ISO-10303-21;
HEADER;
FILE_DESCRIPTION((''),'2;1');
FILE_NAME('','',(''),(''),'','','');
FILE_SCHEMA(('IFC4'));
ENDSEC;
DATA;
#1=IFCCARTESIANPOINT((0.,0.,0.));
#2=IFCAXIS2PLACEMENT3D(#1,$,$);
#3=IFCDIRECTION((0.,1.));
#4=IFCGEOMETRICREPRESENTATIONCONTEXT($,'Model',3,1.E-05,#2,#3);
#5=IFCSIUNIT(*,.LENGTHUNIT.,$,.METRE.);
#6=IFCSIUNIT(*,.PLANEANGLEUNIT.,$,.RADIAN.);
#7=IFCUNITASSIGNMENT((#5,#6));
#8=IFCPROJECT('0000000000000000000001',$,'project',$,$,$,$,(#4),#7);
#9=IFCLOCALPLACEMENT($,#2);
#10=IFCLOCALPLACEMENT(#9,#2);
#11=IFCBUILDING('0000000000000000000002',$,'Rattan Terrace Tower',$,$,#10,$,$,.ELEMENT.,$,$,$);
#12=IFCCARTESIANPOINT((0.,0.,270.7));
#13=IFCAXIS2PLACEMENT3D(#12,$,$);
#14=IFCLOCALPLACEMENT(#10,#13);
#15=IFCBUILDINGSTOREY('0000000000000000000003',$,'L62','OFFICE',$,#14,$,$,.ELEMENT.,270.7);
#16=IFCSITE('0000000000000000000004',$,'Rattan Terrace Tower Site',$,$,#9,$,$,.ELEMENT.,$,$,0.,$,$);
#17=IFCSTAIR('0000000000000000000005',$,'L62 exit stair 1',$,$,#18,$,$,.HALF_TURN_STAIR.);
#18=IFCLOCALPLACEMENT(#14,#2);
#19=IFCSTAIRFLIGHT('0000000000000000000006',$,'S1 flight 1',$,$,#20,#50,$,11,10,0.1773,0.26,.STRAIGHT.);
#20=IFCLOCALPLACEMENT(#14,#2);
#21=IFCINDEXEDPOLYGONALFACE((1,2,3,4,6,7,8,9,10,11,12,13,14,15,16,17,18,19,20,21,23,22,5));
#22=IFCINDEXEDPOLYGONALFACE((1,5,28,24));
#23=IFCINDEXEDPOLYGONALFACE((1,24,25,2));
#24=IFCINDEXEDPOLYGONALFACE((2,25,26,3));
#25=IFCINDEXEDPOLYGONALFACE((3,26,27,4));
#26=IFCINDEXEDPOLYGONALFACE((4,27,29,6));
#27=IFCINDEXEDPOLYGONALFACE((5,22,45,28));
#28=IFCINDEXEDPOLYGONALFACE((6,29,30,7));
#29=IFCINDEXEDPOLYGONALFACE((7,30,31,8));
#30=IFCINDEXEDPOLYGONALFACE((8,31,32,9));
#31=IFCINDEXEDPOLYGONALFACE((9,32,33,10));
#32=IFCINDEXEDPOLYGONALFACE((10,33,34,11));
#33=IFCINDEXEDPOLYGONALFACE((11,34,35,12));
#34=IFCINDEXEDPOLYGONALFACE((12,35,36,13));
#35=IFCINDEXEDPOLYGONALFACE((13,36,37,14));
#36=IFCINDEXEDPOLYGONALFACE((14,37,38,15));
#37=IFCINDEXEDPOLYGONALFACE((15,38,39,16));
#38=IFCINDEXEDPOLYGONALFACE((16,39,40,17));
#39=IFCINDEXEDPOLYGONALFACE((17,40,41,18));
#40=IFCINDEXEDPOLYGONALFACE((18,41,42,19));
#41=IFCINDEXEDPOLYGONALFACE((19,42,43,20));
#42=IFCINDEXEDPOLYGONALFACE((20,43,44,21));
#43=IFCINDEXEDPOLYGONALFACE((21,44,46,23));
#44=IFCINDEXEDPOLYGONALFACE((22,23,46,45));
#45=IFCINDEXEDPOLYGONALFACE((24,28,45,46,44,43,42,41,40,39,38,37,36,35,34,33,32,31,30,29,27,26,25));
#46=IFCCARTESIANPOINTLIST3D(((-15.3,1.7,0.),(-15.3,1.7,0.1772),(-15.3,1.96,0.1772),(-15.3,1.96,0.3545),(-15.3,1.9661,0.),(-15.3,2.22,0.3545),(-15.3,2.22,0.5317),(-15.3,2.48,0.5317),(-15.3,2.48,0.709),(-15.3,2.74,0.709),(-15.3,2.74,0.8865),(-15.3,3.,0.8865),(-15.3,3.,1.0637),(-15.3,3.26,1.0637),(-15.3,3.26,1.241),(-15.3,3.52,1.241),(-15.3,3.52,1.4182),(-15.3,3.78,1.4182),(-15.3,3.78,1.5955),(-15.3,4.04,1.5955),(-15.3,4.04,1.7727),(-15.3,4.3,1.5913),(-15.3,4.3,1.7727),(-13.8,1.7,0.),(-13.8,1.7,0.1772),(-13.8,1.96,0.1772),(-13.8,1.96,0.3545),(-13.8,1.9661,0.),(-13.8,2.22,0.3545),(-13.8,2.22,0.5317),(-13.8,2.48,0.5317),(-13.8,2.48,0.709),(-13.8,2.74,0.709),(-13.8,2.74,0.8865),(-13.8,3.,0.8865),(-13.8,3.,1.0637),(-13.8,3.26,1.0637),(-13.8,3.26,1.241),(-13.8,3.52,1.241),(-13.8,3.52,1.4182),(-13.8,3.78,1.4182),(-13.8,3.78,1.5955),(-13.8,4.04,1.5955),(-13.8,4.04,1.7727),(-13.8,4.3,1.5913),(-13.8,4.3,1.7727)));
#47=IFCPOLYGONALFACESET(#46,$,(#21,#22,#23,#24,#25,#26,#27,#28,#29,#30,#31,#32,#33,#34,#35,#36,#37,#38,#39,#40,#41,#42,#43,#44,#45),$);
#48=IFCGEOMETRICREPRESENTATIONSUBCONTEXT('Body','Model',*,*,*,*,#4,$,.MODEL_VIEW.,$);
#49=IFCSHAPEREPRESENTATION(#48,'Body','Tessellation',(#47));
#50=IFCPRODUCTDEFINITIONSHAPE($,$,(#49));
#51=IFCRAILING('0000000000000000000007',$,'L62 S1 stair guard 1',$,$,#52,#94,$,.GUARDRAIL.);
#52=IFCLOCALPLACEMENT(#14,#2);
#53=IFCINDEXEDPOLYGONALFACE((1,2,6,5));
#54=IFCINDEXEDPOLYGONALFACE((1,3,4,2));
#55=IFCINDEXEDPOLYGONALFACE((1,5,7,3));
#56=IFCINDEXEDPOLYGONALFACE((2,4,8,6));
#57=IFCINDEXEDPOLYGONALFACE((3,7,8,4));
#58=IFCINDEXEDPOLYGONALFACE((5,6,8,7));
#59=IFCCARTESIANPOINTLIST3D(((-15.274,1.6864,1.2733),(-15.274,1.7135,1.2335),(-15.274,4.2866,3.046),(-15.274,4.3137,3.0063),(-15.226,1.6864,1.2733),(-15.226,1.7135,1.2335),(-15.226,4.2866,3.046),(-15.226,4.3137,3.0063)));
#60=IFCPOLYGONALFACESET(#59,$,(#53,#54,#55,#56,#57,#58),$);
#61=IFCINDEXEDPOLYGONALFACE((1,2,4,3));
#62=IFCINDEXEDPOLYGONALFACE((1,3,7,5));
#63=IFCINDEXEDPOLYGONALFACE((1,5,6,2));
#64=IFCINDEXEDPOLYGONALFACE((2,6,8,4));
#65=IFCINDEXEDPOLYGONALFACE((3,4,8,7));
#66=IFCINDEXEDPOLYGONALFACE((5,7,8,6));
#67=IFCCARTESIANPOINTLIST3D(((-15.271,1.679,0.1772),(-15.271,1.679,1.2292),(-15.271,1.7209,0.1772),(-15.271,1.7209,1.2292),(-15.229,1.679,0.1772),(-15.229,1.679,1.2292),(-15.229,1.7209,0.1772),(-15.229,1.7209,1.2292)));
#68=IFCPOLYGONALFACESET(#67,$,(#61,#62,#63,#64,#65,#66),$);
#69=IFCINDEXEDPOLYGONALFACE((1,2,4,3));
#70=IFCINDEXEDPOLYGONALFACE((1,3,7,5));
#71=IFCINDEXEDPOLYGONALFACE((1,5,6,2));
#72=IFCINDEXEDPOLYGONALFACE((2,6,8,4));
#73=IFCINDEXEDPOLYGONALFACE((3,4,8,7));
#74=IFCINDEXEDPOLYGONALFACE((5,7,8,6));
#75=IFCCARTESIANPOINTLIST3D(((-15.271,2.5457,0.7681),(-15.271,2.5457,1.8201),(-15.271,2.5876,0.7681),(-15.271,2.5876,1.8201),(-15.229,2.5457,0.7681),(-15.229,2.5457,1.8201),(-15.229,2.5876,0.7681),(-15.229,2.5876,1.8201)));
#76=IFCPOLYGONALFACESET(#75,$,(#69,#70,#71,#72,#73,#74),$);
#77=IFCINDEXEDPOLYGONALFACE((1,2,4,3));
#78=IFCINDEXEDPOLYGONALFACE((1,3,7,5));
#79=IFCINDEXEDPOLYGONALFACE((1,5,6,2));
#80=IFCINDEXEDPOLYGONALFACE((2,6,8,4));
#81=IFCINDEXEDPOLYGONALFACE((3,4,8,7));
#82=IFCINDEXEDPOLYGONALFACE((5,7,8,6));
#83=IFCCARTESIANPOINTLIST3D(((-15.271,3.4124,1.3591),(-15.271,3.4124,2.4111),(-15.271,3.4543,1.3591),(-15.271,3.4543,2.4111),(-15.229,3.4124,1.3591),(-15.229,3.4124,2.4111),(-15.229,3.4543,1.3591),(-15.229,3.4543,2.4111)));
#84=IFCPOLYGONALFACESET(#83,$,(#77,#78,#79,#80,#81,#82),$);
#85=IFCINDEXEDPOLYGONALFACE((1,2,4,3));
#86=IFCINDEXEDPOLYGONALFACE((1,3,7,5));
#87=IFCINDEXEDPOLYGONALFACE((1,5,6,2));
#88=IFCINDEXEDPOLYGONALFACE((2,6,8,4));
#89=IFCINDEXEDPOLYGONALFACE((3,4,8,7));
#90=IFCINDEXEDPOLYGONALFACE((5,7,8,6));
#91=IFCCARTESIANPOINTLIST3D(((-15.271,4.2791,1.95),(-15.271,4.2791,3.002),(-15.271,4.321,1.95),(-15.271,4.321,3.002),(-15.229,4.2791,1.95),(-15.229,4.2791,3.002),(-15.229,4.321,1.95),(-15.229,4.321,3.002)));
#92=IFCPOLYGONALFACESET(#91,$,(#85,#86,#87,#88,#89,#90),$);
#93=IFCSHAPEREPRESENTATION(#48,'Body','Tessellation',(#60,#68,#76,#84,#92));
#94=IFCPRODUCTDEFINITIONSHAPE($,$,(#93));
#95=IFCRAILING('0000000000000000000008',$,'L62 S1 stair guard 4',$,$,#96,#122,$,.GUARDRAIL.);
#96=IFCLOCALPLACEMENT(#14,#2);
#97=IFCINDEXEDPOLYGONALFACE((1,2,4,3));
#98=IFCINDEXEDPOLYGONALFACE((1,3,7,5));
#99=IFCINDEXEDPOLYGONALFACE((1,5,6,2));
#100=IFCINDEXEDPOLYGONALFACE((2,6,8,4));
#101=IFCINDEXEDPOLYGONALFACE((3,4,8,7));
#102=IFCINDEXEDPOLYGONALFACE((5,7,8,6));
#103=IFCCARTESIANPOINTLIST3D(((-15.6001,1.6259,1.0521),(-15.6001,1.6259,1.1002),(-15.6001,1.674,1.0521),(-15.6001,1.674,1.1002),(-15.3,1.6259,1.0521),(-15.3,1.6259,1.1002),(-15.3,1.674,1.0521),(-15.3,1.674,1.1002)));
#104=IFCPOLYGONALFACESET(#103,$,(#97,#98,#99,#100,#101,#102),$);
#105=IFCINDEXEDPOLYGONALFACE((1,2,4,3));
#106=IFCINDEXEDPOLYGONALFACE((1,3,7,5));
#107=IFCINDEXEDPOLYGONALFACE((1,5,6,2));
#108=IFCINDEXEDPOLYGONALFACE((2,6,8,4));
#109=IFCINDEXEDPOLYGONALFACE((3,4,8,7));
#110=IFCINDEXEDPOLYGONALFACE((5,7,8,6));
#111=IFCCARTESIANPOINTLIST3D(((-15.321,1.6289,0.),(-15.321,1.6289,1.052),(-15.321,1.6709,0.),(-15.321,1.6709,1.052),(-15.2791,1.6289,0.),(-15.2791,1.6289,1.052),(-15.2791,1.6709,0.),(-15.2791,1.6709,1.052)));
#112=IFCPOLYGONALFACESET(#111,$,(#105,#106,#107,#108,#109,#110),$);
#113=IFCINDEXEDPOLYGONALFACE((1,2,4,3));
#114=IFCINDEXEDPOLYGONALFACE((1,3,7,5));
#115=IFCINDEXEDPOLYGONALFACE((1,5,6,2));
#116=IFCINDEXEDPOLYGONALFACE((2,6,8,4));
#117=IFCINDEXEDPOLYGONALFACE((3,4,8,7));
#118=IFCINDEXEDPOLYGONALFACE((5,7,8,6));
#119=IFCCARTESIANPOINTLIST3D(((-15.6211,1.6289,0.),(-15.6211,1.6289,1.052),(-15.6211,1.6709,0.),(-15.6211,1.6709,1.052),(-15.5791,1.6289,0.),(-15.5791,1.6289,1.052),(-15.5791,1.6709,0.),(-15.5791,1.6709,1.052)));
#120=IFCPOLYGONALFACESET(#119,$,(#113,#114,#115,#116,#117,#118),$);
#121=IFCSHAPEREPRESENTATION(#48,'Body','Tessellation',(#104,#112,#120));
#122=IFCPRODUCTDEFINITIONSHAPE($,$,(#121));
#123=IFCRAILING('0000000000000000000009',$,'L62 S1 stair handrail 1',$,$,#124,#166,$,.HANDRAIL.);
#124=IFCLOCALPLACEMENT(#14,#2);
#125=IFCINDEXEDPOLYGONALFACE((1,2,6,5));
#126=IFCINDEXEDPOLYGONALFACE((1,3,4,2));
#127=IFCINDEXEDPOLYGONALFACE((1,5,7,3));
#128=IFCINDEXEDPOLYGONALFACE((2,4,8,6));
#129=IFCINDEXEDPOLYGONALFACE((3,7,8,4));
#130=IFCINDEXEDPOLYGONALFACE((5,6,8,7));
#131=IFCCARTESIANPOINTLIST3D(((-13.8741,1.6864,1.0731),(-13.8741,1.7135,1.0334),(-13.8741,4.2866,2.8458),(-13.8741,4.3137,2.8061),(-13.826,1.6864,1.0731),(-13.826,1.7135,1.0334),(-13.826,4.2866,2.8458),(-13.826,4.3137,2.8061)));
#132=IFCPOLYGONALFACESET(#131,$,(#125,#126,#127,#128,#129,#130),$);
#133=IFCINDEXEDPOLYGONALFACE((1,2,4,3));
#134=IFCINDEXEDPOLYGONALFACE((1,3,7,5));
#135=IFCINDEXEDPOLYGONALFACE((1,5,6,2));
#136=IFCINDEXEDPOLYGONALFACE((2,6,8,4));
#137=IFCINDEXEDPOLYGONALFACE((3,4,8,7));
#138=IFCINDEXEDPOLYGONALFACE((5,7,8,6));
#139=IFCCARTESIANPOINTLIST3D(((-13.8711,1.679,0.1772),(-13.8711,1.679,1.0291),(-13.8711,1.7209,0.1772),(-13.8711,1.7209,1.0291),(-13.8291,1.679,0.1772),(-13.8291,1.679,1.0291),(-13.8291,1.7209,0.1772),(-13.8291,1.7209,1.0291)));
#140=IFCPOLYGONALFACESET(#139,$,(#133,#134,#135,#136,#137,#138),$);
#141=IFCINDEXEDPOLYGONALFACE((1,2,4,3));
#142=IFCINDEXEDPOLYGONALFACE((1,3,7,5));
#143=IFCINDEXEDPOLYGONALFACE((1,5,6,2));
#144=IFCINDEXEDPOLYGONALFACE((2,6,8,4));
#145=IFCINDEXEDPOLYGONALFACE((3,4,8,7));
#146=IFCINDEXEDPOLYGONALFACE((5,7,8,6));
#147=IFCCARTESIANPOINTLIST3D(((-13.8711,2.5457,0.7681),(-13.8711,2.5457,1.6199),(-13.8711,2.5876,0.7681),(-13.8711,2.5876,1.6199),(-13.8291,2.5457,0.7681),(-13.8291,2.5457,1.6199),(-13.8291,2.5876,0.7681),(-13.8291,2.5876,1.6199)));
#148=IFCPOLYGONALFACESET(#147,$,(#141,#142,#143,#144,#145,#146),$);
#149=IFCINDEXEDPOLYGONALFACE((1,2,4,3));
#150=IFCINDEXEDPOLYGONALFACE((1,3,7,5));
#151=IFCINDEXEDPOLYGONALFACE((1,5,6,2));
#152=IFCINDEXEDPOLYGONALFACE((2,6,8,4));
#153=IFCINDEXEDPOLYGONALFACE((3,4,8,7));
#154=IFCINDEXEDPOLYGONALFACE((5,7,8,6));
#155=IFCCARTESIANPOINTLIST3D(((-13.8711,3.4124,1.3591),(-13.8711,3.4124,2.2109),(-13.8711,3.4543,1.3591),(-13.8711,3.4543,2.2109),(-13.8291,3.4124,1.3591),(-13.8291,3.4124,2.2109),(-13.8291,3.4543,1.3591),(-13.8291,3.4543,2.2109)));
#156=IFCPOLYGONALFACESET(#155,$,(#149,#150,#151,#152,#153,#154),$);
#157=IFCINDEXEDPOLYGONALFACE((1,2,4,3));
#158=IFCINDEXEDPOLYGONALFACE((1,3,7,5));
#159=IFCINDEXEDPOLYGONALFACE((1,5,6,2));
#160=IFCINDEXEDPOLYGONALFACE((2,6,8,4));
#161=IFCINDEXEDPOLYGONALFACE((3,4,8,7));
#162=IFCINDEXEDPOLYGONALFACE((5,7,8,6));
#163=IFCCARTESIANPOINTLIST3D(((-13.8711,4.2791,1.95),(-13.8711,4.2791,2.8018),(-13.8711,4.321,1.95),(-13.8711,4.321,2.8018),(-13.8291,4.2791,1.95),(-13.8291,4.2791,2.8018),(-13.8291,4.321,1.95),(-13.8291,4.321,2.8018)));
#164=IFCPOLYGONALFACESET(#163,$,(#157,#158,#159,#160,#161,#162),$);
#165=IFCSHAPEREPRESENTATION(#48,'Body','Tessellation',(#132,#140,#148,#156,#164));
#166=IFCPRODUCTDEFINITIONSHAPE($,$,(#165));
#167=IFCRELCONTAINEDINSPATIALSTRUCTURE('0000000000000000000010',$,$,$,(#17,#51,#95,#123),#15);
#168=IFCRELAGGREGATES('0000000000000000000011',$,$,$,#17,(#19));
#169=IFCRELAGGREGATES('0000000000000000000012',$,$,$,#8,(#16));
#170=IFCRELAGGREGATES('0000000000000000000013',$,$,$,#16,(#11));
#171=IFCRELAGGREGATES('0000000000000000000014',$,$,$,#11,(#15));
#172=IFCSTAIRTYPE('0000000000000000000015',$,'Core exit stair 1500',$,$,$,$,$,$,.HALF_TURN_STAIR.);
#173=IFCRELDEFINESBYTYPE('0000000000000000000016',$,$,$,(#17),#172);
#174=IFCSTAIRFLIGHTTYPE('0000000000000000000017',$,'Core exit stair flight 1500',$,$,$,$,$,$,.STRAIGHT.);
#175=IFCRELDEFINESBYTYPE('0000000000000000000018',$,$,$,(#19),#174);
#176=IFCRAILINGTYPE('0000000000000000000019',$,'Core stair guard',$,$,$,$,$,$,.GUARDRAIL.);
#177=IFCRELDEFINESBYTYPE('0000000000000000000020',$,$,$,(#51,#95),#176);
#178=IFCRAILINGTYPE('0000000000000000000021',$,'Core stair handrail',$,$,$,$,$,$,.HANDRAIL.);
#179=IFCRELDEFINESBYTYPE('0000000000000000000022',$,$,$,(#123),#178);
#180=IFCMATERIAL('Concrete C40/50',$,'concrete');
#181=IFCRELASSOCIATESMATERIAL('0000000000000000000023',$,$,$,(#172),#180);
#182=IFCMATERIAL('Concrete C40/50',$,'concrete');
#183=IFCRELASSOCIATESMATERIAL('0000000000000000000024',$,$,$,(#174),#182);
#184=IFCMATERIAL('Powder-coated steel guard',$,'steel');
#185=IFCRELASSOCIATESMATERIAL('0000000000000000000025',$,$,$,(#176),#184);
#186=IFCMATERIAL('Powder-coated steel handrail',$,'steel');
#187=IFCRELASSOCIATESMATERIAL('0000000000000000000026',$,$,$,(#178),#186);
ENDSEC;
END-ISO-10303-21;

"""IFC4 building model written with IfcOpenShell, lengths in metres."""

from ifc_helpers import new_model, si_unit, direction, frame, origin, origin_2d, place, context, subcontext, project, spatial, polyline, rectangle, outline, extrude, material, type_object, element, aggregate, save


model = new_model("IFC4")

# Units and contexts
model_context = context("Model", 3, precision=1e-05, world=origin(), true_north=direction((0.0, 1.0)))
body_context = subcontext(model_context, "Body", "Model", "MODEL_VIEW")
ifc_project = project(units=[si_unit("LENGTHUNIT", "METRE"), si_unit("PLANEANGLEUNIT", "RADIAN")], contexts=[model_context])

# Site, building, storey
site_placement = place(None, origin())
site = spatial("IfcSite", under=ifc_project, at=site_placement, Name="Rattan Terrace Tower Site", CompositionType="ELEMENT", RefElevation=0.0)
building_placement = place(site_placement, origin())
building = spatial("IfcBuilding", under=site, at=building_placement, Name="Rattan Terrace Tower", CompositionType="ELEMENT")
storey_placement = place(building_placement, frame((0.0, 0.0, 270.7)))
storey = spatial("IfcBuildingStorey", under=building, at=storey_placement, Name="L62", Description="OFFICE", CompositionType="ELEMENT", Elevation=270.7)

# Stair
ifc_material_1 = material(Name="Concrete C40/50", Category="concrete")
stair_type = type_object("IfcStairType", Name="Core exit stair 1500", PredefinedType="HALF_TURN_STAIR", material=ifc_material_1)
stair_1_placement = place(storey_placement, origin())
stair_1 = element("IfcStair", 1, at=stair_1_placement, inside=storey, type_object=stair_type, Name="L62 exit stair 1", PredefinedType="HALF_TURN_STAIR")

# Stair flight
ifc_material_2 = material(Name="Concrete C40/50", Category="concrete")
stair_flight_type = type_object("IfcStairFlightType", Name="Core exit stair flight 1500", PredefinedType="STRAIGHT", material=ifc_material_2)
stair_flight_placement = place(storey_placement, frame((-14.55, 1.7, 0.0), z_axis=(0.0, 0.0, 1.0), x_axis=(0.0, 1.0, 0.0)))
stair_flight = element("IfcStairFlight", 2, at=stair_flight_placement, type_object=stair_flight_type, Name="S1 flight 1", NumberOfRisers=11, NumberOfTreads=10, PredefinedType="STRAIGHT", RiserHeight=0.1773, TreadLength=0.26, context=body_context, shape_type="SweptSolid", body=[
    extrude(outline(polyline([(0.0, 0.0), (0.0, 0.1772), (0.26, 0.1772), (0.26, 0.3545), (0.52, 0.3545), (0.52, 0.5317), (0.78, 0.5317), (0.78, 0.709), (1.04, 0.709), (1.04, 0.8865), (1.3, 0.8865), (1.3, 1.0637), (1.5601, 1.0637), (1.5601, 1.241), (1.8201, 1.241), (1.8201, 1.4182), (2.0801, 1.4182), (2.0801, 1.5955), (2.3401, 1.5955), (2.3401, 1.7727), (2.6001, 1.7727), (2.6001, 1.95), (2.6001, 1.5913), (0.2661, 0.0), (0.0, 0.0)])), frame((0.0, 0.75, 0.0), z_axis=(0.0, -1.0, 0.0), x_axis=(1.0, 0.0, 0.0)), (0.0, 0.0, 1.0), 1.5),
])
aggregate(stair_1, [stair_flight])

# Railings
ifc_material_3 = material(Name="Powder-coated steel guard", Category="steel")
railing_type_1 = type_object("IfcRailingType", Name="Core stair guard", PredefinedType="GUARDRAIL", material=ifc_material_3)
railing_1_placement = place(storey_placement, frame((-15.25, 1.7, 0.1772)))
element("IfcRailing", 3, at=railing_1_placement, inside=storey, type_object=railing_type_1, Name="L62 S1 stair guard 1", PredefinedType="GUARDRAIL", context=body_context, shape_type="SweptSolid", body=[
    extrude(rectangle(XDim=0.0481, YDim=0.0481, at=origin_2d()), frame((0.0, 0.0, 1.0762), z_axis=(0.0, 0.82624, 0.563318), x_axis=(-1.0, 0.0, 0.0)), (0.0, 0.0, 1.0), 3.147),
    extrude(rectangle(XDim=0.042, YDim=0.042, at=origin_2d()), origin(), (0.0, 0.0, 1.0), 1.052),
    extrude(rectangle(XDim=0.042, YDim=0.042, at=origin_2d()), frame((0.0, 0.8667, 0.5908)), (0.0, 0.0, 1.0), 1.052),
    extrude(rectangle(XDim=0.042, YDim=0.042, at=origin_2d()), frame((0.0, 1.7334, 1.1819)), (0.0, 0.0, 1.0), 1.052),
    extrude(rectangle(XDim=0.042, YDim=0.042, at=origin_2d()), frame((0.0, 2.6001, 1.7727)), (0.0, 0.0, 1.0), 1.052),
])
railing_2_placement = place(storey_placement, frame((-15.3, 1.6499, 0.0)))
element("IfcRailing", 4, at=railing_2_placement, inside=storey, type_object=railing_type_1, Name="L62 S1 stair guard 4", PredefinedType="GUARDRAIL", context=body_context, shape_type="SweptSolid", body=[
    extrude(rectangle(XDim=0.0481, YDim=0.0481, at=origin_2d()), frame((0.0, 0.0, 1.0762), z_axis=(-1.0, 0.0, 0.0), x_axis=(0.0, -1.0, 0.0)), (0.0, 0.0, 1.0), 0.3),
    extrude(rectangle(XDim=0.042, YDim=0.042, at=origin_2d()), origin(), (0.0, 0.0, 1.0), 1.052),
    extrude(rectangle(XDim=0.042, YDim=0.042, at=origin_2d()), frame((-0.3, 0.0, 0.0)), (0.0, 0.0, 1.0), 1.052),
])
ifc_material_4 = material(Name="Powder-coated steel handrail", Category="steel")
railing_type_2 = type_object("IfcRailingType", Name="Core stair handrail", PredefinedType="HANDRAIL", material=ifc_material_4)
railing_3_placement = place(storey_placement, frame((-13.8501, 1.7, 0.1772)))
element("IfcRailing", 5, at=railing_3_placement, inside=storey, type_object=railing_type_2, Name="L62 S1 stair handrail 1", PredefinedType="HANDRAIL", context=body_context, shape_type="SweptSolid", body=[
    extrude(rectangle(XDim=0.0481, YDim=0.0481, at=origin_2d()), frame((0.0, 0.0, 0.876), z_axis=(0.0, 0.82624, 0.563318), x_axis=(-1.0, 0.0, 0.0)), (0.0, 0.0, 1.0), 3.147),
    extrude(rectangle(XDim=0.042, YDim=0.042, at=origin_2d()), origin(), (0.0, 0.0, 1.0), 0.8518),
    extrude(rectangle(XDim=0.042, YDim=0.042, at=origin_2d()), frame((0.0, 0.8667, 0.5908)), (0.0, 0.0, 1.0), 0.8518),
    extrude(rectangle(XDim=0.042, YDim=0.042, at=origin_2d()), frame((0.0, 1.7334, 1.1819)), (0.0, 0.0, 1.0), 0.8518),
    extrude(rectangle(XDim=0.042, YDim=0.042, at=origin_2d()), frame((0.0, 2.6001, 1.7727)), (0.0, 0.0, 1.0), 0.8518),
])

save(model, "model.ifc")
